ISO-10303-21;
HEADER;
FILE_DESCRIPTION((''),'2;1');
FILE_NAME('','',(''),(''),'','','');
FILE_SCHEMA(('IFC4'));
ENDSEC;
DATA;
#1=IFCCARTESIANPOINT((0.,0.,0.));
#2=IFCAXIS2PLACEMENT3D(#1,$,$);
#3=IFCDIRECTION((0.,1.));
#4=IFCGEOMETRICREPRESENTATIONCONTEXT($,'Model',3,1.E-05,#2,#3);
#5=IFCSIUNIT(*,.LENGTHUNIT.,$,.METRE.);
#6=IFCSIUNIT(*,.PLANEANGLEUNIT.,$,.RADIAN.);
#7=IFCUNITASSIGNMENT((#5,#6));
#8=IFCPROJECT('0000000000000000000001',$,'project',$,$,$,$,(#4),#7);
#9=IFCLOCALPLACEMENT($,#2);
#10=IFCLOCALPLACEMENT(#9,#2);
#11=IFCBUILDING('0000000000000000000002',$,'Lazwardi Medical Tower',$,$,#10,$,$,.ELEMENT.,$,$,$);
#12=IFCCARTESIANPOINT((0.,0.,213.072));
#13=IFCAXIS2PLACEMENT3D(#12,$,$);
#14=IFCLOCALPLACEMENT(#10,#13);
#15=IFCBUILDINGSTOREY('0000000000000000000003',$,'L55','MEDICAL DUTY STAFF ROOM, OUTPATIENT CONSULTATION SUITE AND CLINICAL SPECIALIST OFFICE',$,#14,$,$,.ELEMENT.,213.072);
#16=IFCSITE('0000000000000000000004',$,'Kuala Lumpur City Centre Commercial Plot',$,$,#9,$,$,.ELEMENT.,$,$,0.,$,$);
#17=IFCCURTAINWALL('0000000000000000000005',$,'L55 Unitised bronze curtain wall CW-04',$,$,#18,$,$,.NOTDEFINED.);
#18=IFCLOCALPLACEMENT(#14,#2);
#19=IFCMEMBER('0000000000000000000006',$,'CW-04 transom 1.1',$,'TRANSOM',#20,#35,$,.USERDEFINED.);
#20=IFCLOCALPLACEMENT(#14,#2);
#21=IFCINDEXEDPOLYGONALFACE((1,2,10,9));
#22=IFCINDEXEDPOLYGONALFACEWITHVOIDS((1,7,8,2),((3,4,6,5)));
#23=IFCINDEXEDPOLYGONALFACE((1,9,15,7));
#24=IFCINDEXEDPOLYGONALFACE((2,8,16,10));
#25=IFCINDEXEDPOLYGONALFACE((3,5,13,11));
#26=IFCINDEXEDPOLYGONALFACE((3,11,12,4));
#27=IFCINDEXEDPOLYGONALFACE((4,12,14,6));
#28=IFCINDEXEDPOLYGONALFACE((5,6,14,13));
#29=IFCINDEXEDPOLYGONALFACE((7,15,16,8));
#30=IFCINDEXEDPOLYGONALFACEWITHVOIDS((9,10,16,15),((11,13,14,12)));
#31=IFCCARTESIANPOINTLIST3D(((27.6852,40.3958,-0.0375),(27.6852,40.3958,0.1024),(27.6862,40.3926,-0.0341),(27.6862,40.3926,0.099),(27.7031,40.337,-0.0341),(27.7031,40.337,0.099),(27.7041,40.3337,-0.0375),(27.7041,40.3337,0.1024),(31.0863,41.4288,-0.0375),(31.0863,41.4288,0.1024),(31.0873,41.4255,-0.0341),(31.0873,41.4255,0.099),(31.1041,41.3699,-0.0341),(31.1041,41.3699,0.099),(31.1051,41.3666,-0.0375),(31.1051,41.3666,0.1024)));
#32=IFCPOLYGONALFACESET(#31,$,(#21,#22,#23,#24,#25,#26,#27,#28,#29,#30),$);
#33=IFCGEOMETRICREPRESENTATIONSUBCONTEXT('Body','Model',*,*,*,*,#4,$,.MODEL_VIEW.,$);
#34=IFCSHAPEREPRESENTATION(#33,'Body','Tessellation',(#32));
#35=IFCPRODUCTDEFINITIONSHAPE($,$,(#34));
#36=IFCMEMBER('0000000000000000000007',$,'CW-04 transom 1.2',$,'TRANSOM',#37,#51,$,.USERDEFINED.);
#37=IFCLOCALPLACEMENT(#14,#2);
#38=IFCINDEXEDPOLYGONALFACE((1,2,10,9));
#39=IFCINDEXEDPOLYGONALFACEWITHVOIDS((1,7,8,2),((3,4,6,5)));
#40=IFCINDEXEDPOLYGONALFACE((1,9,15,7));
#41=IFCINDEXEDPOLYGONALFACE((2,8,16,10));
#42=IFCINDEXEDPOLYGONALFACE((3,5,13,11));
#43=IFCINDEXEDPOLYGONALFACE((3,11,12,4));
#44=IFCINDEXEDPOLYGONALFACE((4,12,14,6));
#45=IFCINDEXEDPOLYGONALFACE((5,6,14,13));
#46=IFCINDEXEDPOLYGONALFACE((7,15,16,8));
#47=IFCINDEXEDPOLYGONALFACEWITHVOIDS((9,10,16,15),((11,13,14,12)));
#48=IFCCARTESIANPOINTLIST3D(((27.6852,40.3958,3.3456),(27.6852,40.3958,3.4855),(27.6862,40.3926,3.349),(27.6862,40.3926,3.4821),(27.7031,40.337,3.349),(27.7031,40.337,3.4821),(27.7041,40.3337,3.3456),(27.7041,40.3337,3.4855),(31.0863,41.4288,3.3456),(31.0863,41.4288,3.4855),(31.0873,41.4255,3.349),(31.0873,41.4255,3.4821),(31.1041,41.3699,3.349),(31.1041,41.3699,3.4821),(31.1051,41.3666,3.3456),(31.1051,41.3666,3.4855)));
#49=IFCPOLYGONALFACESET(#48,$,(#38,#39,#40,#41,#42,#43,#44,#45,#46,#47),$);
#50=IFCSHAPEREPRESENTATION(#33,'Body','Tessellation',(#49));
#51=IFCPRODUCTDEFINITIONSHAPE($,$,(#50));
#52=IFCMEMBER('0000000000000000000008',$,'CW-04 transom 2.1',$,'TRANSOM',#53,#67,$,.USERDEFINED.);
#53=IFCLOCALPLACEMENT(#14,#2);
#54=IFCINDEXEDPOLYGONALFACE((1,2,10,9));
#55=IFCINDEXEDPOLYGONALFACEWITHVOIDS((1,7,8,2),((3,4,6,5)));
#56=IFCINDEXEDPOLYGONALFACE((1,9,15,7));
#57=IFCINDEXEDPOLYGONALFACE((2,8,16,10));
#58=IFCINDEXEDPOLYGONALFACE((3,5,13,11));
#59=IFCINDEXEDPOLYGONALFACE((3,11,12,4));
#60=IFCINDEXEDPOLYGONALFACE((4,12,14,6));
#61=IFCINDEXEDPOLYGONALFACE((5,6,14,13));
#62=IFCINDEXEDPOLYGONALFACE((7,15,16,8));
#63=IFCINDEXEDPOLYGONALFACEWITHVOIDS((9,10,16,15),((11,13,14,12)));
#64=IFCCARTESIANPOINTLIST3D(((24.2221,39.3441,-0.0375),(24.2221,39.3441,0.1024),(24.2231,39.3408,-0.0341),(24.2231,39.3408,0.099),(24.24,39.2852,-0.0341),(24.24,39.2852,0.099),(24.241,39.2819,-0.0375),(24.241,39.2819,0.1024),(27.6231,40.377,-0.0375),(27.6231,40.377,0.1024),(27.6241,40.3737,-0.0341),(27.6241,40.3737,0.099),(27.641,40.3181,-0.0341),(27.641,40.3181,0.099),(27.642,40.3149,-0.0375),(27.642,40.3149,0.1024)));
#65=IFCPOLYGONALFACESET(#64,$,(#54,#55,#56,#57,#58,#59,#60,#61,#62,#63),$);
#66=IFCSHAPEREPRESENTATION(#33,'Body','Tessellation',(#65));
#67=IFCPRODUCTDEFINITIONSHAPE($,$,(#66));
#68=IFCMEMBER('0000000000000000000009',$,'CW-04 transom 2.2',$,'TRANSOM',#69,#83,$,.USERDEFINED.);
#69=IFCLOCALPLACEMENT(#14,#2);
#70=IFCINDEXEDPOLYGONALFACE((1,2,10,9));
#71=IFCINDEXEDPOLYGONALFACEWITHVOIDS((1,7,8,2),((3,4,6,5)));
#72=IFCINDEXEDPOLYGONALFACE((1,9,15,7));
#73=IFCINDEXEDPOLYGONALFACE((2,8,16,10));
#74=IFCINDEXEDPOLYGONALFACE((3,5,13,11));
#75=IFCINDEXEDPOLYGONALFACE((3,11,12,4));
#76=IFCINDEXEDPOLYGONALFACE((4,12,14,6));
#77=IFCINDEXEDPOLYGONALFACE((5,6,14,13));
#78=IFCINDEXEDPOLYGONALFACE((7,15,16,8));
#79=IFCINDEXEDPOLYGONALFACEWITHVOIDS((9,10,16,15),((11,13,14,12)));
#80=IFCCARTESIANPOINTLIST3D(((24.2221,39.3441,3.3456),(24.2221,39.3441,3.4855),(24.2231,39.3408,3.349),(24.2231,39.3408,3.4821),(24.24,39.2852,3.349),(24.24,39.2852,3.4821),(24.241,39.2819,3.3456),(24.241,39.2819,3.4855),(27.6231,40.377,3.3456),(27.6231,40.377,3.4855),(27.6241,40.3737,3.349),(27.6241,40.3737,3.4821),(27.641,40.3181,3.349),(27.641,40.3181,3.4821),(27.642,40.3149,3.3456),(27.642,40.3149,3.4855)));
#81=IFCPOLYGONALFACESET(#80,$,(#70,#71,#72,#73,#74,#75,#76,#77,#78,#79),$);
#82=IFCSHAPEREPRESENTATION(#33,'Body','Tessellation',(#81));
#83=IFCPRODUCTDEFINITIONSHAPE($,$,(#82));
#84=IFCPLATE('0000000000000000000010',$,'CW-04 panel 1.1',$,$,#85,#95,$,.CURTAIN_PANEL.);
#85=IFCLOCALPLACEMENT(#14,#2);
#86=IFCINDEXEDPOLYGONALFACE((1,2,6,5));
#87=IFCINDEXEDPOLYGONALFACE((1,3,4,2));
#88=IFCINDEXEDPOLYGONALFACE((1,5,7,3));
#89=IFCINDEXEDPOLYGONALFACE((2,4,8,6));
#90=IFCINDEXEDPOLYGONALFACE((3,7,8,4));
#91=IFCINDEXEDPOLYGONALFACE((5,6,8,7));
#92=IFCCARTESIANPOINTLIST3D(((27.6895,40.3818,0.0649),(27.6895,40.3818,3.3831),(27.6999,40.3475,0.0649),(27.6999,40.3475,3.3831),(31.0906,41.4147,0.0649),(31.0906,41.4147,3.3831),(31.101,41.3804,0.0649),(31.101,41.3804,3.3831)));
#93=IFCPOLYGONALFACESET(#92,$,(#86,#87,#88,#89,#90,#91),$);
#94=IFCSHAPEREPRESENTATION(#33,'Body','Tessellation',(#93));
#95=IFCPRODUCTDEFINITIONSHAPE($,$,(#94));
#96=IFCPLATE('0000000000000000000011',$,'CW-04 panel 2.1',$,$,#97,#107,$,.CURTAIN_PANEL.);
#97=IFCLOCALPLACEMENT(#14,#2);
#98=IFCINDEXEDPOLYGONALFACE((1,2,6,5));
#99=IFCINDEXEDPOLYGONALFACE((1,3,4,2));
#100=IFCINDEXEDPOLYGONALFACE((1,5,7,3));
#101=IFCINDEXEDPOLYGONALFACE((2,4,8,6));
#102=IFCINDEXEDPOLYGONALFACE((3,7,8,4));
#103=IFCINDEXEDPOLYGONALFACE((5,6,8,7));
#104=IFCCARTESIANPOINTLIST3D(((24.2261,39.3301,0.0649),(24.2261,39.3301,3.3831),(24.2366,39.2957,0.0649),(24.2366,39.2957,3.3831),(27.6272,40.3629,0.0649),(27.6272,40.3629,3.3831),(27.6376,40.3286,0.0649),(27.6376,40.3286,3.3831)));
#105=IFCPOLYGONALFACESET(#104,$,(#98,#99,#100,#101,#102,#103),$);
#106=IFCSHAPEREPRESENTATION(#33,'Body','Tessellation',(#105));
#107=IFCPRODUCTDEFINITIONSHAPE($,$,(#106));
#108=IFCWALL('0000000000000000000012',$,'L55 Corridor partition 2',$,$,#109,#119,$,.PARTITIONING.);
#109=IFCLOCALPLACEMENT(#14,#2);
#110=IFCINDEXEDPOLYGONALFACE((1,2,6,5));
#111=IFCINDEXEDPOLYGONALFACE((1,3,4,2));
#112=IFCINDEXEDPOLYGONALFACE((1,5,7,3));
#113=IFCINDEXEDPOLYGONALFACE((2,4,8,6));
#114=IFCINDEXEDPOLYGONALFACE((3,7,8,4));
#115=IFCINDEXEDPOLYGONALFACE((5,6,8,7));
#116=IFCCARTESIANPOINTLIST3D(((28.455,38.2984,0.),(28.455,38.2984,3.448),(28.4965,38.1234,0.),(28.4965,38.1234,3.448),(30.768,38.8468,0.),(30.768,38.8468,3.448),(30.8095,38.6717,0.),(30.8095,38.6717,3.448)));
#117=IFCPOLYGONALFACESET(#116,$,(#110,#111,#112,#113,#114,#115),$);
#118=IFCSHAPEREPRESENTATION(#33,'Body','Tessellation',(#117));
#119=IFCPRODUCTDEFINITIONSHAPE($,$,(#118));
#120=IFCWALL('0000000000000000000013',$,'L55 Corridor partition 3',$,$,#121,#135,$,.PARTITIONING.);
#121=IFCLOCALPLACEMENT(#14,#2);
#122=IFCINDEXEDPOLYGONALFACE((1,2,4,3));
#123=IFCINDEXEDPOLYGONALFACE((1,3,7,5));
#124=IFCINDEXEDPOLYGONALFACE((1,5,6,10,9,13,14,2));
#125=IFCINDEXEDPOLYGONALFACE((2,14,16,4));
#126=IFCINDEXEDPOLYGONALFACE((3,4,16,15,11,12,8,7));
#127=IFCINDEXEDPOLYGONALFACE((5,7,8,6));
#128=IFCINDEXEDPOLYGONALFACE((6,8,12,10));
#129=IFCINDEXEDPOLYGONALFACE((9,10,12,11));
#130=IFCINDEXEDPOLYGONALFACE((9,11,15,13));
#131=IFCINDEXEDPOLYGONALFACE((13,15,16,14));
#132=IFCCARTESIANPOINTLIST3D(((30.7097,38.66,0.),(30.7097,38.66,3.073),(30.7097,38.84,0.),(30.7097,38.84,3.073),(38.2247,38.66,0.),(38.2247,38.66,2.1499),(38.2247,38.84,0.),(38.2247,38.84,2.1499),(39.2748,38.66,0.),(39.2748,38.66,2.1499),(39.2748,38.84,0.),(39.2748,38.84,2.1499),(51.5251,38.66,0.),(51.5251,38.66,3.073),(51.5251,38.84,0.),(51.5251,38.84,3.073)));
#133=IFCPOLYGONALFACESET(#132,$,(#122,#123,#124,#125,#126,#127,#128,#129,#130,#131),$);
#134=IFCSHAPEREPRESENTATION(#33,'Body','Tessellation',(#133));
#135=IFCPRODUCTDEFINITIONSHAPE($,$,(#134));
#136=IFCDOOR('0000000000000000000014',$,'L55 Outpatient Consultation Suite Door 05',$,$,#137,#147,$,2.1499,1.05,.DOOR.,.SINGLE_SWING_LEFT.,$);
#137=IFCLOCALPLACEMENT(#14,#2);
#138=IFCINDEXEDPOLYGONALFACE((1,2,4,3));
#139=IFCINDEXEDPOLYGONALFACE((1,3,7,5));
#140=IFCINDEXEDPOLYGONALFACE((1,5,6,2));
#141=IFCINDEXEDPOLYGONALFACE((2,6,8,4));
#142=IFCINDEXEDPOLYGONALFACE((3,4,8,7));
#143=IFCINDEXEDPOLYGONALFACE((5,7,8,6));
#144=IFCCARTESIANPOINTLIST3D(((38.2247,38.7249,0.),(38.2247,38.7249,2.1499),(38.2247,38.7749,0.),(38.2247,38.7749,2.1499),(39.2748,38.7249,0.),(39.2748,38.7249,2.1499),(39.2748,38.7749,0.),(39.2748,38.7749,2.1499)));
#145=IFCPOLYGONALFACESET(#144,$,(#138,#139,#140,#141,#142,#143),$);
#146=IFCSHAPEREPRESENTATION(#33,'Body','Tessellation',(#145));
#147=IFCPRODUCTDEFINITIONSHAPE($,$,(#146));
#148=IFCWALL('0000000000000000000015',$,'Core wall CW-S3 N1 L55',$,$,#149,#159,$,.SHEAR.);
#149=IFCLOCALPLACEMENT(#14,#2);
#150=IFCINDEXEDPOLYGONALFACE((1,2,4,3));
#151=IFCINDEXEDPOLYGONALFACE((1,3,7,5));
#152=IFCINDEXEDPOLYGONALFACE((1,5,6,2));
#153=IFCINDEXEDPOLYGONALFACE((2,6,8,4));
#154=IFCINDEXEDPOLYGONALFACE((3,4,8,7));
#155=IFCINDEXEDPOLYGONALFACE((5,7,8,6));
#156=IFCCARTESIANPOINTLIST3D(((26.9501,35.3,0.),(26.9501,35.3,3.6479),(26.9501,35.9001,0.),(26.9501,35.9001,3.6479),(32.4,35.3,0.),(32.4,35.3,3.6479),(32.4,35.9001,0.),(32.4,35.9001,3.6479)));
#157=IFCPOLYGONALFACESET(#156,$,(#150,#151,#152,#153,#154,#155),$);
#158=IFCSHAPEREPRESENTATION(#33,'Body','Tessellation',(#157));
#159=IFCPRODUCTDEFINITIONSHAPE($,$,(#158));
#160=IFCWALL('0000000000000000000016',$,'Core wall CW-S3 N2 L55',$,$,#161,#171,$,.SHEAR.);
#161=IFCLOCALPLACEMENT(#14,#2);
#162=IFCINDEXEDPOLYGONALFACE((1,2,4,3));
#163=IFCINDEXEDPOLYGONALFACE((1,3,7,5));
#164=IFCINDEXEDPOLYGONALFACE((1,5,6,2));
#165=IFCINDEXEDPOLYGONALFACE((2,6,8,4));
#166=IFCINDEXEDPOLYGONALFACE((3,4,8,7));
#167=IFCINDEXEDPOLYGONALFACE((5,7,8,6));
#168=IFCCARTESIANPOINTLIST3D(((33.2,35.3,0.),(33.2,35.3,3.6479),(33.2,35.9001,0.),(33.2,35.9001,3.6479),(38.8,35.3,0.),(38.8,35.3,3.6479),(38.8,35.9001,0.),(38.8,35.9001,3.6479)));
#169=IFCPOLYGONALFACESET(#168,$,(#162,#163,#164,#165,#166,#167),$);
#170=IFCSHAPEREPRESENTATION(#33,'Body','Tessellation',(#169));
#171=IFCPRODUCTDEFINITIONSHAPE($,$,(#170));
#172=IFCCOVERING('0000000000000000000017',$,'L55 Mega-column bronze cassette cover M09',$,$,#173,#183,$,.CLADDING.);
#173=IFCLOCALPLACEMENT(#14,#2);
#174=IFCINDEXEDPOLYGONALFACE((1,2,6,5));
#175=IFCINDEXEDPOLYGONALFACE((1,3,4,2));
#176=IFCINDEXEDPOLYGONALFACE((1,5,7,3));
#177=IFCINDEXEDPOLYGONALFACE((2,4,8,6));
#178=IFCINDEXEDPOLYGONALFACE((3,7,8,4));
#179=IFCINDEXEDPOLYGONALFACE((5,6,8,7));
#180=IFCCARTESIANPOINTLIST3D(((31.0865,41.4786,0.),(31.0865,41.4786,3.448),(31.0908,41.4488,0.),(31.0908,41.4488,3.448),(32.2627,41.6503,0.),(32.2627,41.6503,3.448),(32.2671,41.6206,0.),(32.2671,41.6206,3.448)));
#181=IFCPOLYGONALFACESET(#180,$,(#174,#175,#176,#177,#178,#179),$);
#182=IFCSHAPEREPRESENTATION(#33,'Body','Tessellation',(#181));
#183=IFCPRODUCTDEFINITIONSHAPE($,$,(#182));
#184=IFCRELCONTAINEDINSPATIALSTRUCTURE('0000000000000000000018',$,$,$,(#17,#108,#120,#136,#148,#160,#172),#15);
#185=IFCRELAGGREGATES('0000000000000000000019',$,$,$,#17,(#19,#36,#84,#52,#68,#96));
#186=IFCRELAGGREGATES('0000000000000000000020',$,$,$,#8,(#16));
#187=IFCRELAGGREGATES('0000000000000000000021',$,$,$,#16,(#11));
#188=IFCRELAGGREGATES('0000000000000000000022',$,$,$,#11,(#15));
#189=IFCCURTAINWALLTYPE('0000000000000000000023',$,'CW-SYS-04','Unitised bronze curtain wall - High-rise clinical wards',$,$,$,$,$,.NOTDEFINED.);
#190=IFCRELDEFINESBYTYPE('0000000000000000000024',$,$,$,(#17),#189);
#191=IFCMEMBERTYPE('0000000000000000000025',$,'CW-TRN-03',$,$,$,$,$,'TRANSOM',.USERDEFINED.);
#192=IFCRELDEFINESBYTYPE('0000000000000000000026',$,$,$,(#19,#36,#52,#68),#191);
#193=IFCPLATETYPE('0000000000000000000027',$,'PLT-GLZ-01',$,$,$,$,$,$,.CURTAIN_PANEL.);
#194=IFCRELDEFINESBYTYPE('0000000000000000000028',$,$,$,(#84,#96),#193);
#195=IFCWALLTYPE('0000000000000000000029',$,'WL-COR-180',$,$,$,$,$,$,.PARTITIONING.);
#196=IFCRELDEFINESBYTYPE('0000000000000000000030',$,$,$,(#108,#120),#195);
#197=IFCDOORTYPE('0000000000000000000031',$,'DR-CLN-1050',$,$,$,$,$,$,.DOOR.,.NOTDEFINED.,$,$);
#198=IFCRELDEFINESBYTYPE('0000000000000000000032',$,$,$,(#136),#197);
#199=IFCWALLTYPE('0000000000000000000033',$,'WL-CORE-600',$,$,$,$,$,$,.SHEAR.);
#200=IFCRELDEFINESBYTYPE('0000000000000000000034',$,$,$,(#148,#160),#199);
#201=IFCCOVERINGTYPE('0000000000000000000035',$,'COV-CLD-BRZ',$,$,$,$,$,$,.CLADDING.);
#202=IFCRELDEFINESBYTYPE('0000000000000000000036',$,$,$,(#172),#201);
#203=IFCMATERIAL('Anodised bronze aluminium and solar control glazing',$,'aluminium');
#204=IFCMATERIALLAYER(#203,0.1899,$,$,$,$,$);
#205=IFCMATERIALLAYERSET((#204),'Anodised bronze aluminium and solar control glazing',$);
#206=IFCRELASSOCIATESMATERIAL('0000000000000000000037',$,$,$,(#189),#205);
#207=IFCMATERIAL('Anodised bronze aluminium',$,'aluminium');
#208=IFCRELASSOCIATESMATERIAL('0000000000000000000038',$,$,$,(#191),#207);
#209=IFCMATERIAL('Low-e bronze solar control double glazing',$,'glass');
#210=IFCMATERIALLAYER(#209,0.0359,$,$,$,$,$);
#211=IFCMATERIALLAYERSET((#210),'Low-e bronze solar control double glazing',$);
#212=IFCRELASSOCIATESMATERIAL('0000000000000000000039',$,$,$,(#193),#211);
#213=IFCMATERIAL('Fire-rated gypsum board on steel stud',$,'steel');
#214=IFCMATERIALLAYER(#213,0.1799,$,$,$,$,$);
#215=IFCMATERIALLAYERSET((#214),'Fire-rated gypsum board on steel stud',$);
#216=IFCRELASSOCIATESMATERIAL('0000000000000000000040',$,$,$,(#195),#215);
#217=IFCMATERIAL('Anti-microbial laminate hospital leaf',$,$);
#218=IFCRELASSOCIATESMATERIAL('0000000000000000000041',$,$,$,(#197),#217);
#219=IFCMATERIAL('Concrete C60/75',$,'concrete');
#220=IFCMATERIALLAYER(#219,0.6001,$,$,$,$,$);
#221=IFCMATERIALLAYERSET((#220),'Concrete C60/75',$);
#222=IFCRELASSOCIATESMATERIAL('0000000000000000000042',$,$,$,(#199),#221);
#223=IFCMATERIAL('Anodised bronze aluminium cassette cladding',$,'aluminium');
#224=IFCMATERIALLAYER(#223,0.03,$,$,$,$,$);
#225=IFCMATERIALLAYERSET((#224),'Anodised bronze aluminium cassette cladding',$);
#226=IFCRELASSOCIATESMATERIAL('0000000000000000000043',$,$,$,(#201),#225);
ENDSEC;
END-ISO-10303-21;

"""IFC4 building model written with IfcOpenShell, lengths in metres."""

from ifc_helpers import new_model, si_unit, direction, frame, frame_2d, origin, origin_2d, place, context, subcontext, project, spatial, rectangle, hollow_rectangle, extrude, material, layer, layer_set, material_profile, profile_set, type_object, element, fill, aggregate, save


model = new_model("IFC4")

# Units and contexts
model_context = context("Model", 3, precision=1e-05, world=origin(), true_north=direction((0.0, 1.0)))
body_context = subcontext(model_context, "Body", "Model", "MODEL_VIEW")
ifc_project = project(units=[si_unit("LENGTHUNIT", "METRE"), si_unit("PLANEANGLEUNIT", "RADIAN")], contexts=[model_context])

# Site, building, storey
site_placement = place(None, origin())
site = spatial("IfcSite", under=ifc_project, at=site_placement, Name="Kuala Lumpur City Centre Commercial Plot", CompositionType="ELEMENT", RefElevation=0.0)
building_placement = place(site_placement, origin())
building = spatial("IfcBuilding", under=site, at=building_placement, Name="Lazwardi Medical Tower", CompositionType="ELEMENT")
storey_placement = place(building_placement, frame((0.0, 0.0, 213.072)))
storey = spatial("IfcBuildingStorey", under=building, at=storey_placement, Name="L55", Description="MEDICAL DUTY STAFF ROOM, OUTPATIENT CONSULTATION SUITE AND CLINICAL SPECIALIST OFFICE", CompositionType="ELEMENT", Elevation=213.072)

# Shared definitions
ifc_material_1 = material(Name="Concrete C60/75", Category="concrete")

# Curtain wall, members, plates
ifc_material_2 = material(Name="Anodised bronze aluminium and solar control glazing", Category="aluminium")
ifc_layer_1 = layer(ifc_material_2, 0.1899)
ifc_layer_set_1 = layer_set([ifc_layer_1], Name="Anodised bronze aluminium and solar control glazing")
curtain_wall_type = type_object("IfcCurtainWallType", Name="CW-SYS-04", Description="Unitised bronze curtain wall - High-rise clinical wards", PredefinedType="NOTDEFINED", material=ifc_layer_set_1)
curtain_wall_placement = place(storey_placement, origin())
curtain_wall = element("IfcCurtainWall", 1, at=curtain_wall_placement, inside=storey, type_object=curtain_wall_type, Name="L55 Unitised bronze curtain wall CW-04", PredefinedType="NOTDEFINED")
ifc_material_3 = material(Name="Anodised bronze aluminium", Category="aluminium")
ifc_material_profile_1 = material_profile(ifc_material_3, hollow_rectangle(XDim=0.0649, YDim=0.1399, WallThickness=0.0034, at=origin_2d()), Name="ALU-TRANSOM 140x65x3.5")
ifc_profile_set_1 = profile_set([ifc_material_profile_1], Name="Anodised bronze aluminium")
member_type_1 = type_object("IfcMemberType", Name="CW-TRN-03", ElementType="TRANSOM", PredefinedType="USERDEFINED", material=ifc_profile_set_1)
member_1_placement = place(storey_placement, frame((31.0957, 41.3977, 0.0325), z_axis=(-0.956843, -0.290604, 0.0), x_axis=(0.290604, -0.956843, 0.0)))
member_1 = element("IfcMember", 2, at=member_1_placement, type_object=member_type_1, Name="CW-04 transom 1.1", ObjectType="TRANSOM", PredefinedType="USERDEFINED", context=body_context, shape_type="SweptSolid", body=[
    extrude(hollow_rectangle(XDim=0.0649, YDim=0.1399, WallThickness=0.0034, at=origin_2d()), origin(), (0.0, 0.0, 1.0), 3.5544),
])
member_2_placement = place(storey_placement, frame((31.0957, 41.3977, 3.4155), z_axis=(-0.956843, -0.290604, 0.0), x_axis=(0.290604, -0.956843, 0.0)))
member_2 = element("IfcMember", 3, at=member_2_placement, type_object=member_type_1, Name="CW-04 transom 1.2", ObjectType="TRANSOM", PredefinedType="USERDEFINED", context=body_context, shape_type="SweptSolid", body=[
    extrude(hollow_rectangle(XDim=0.0649, YDim=0.1399, WallThickness=0.0034, at=origin_2d()), origin(), (0.0, 0.0, 1.0), 3.5544),
])
member_3_placement = place(storey_placement, frame((27.6326, 40.3459, 0.0325), z_axis=(-0.956843, -0.290604, 0.0), x_axis=(0.290604, -0.956843, 0.0)))
member_3 = element("IfcMember", 4, at=member_3_placement, type_object=member_type_1, Name="CW-04 transom 2.1", ObjectType="TRANSOM", PredefinedType="USERDEFINED", context=body_context, shape_type="SweptSolid", body=[
    extrude(hollow_rectangle(XDim=0.0649, YDim=0.1399, WallThickness=0.0034, at=origin_2d()), origin(), (0.0, 0.0, 1.0), 3.5544),
])
member_4_placement = place(storey_placement, frame((27.6326, 40.3459, 3.4155), z_axis=(-0.956843, -0.290604, 0.0), x_axis=(0.290604, -0.956843, 0.0)))
member_4 = element("IfcMember", 5, at=member_4_placement, type_object=member_type_1, Name="CW-04 transom 2.2", ObjectType="TRANSOM", PredefinedType="USERDEFINED", context=body_context, shape_type="SweptSolid", body=[
    extrude(hollow_rectangle(XDim=0.0649, YDim=0.1399, WallThickness=0.0034, at=origin_2d()), origin(), (0.0, 0.0, 1.0), 3.5544),
])
ifc_material_4 = material(Name="Low-e bronze solar control double glazing", Category="glass")
ifc_layer_2 = layer(ifc_material_4, 0.0359)
ifc_layer_set_2 = layer_set([ifc_layer_2], Name="Low-e bronze solar control double glazing")
plate_type = type_object("IfcPlateType", Name="PLT-GLZ-01", PredefinedType="CURTAIN_PANEL", material=ifc_layer_set_2)
plate_1_placement = place(storey_placement, frame((29.3953, 40.8811, 0.0649), z_axis=(0.0, 0.0, 1.0), x_axis=(-0.95685, -0.290582, 0.0)))
plate_1 = element("IfcPlate", 6, at=plate_1_placement, type_object=plate_type, Name="CW-04 panel 1.1", PredefinedType="CURTAIN_PANEL", context=body_context, shape_type="SweptSolid", body=[
    extrude(rectangle(XDim=3.5544, YDim=0.0359, at=origin_2d()), origin(), (0.0, 0.0, 1.0), 3.3181),
])
plate_2_placement = place(storey_placement, frame((25.9319, 39.8293, 0.0649), z_axis=(0.0, 0.0, 1.0), x_axis=(-0.95685, -0.290582, 0.0)))
plate_2 = element("IfcPlate", 7, at=plate_2_placement, type_object=plate_type, Name="CW-04 panel 2.1", PredefinedType="CURTAIN_PANEL", context=body_context, shape_type="SweptSolid", body=[
    extrude(rectangle(XDim=3.5544, YDim=0.0359, at=origin_2d()), origin(), (0.0, 0.0, 1.0), 3.3181),
])
aggregate(curtain_wall, [member_1, member_2, plate_1, member_3, member_4, plate_2])

# Wall
ifc_material_5 = material(Name="Fire-rated gypsum board on steel stud", Category="steel")
ifc_layer_3 = layer(ifc_material_5, 0.1799)
ifc_layer_set_3 = layer_set([ifc_layer_3], Name="Fire-rated gypsum board on steel stud")
wall_type_1 = type_object("IfcWallType", Name="WL-COR-180", PredefinedType="PARTITIONING", material=ifc_layer_set_3)
wall_1_placement = place(storey_placement, frame((28.4758, 38.2109, 0.0), z_axis=(0.0, 0.0, 1.0), x_axis=(0.973031, 0.230676, 0.0)))
element("IfcWall", 8, at=wall_1_placement, inside=storey, type_object=wall_type_1, Name="L55 Corridor partition 2", PredefinedType="PARTITIONING", context=body_context, shape_type="SweptSolid", body=[
    extrude(rectangle(XDim=2.3772, YDim=0.1799, at=frame_2d((1.1885, 0.0))), origin(), (0.0, 0.0, 1.0), 3.448),
])

# Wall, opening, door
wall_2_placement = place(storey_placement, frame((30.7097, 38.75, 0.0), z_axis=(0.0, 0.0, 1.0), x_axis=(1.0, 0.0, 0.0)))
wall_2 = element("IfcWall", 9, at=wall_2_placement, inside=storey, type_object=wall_type_1, Name="L55 Corridor partition 3", PredefinedType="PARTITIONING", context=body_context, shape_type="SweptSolid", body=[
    extrude(rectangle(XDim=20.8154, YDim=0.1799, at=frame_2d((10.4077, 0.0))), origin(), (0.0, 0.0, 1.0), 3.073),
])
opening_placement = place(wall_2_placement, frame((7.5151, 0.0, 0.0)))
opening = element("IfcOpeningElement", 10, at=opening_placement, cuts=wall_2, PredefinedType="OPENING", context=body_context, shape_type="SweptSolid", body=[
    extrude(rectangle(XDim=1.05, YDim=2.1499, at=frame_2d((0.5249, 1.075))), frame((0.0, 0.0999, 0.0), z_axis=(0.0, -1.0, 0.0), x_axis=(1.0, 0.0, 0.0)), (0.0, 0.0, 1.0), 0.2),
])
ifc_material_6 = material(Name="Anti-microbial laminate hospital leaf")
door_type = type_object("IfcDoorType", Name="DR-CLN-1050", OperationType="NOTDEFINED", PredefinedType="DOOR", material=ifc_material_6)
door_placement = place(opening_placement, origin())
door = element("IfcDoor", 11, at=door_placement, inside=storey, type_object=door_type, Name="L55 Outpatient Consultation Suite Door 05", OperationType="SINGLE_SWING_LEFT", OverallHeight=2.1499, OverallWidth=1.05, PredefinedType="DOOR", context=body_context, shape_type="SweptSolid", body=[
    extrude(rectangle(XDim=1.05, YDim=2.1499, at=frame_2d((0.5249, 1.075))), frame((0.0, 0.0249, 0.0), z_axis=(0.0, -1.0, 0.0), x_axis=(1.0, 0.0, 0.0)), (0.0, 0.0, 1.0), 0.05),
])
fill(opening, door)

# Walls
ifc_layer_4 = layer(ifc_material_1, 0.6001)
ifc_layer_set_4 = layer_set([ifc_layer_4], Name="Concrete C60/75")
wall_type_2 = type_object("IfcWallType", Name="WL-CORE-600", PredefinedType="SHEAR", material=ifc_layer_set_4)
wall_3_placement = place(storey_placement, frame((26.95, 35.6001, 0.0), z_axis=(0.0, 0.0, 1.0), x_axis=(1.0, 0.0, 0.0)))
element("IfcWall", 12, at=wall_3_placement, inside=storey, type_object=wall_type_2, Name="Core wall CW-S3 N1 L55", PredefinedType="SHEAR", context=body_context, shape_type="SweptSolid", body=[
    extrude(rectangle(XDim=5.45, YDim=0.6001, at=frame_2d((2.7251, 0.0))), origin(), (0.0, 0.0, 1.0), 3.6479),
])
wall_4_placement = place(storey_placement, frame((33.2, 35.6001, 0.0), z_axis=(0.0, 0.0, 1.0), x_axis=(1.0, 0.0, 0.0)))
element("IfcWall", 13, at=wall_4_placement, inside=storey, type_object=wall_type_2, Name="Core wall CW-S3 N2 L55", PredefinedType="SHEAR", context=body_context, shape_type="SweptSolid", body=[
    extrude(rectangle(XDim=5.6001, YDim=0.6001, at=frame_2d((2.8, 0.0))), origin(), (0.0, 0.0, 1.0), 3.6479),
])

# Covering
ifc_material_7 = material(Name="Anodised bronze aluminium cassette cladding", Category="aluminium")
ifc_layer_5 = layer(ifc_material_7, 0.03)
ifc_layer_set_5 = layer_set([ifc_layer_5], Name="Anodised bronze aluminium cassette cladding")
covering_type_1 = type_object("IfcCoveringType", Name="COV-CLD-BRZ", PredefinedType="CLADDING", material=ifc_layer_set_5)
covering_1_placement = place(storey_placement, frame((31.6768, 41.5496, 0.0), z_axis=(0.0, 0.0, 1.0), x_axis=(-0.989512, -0.144448, 0.0)))
element("IfcCovering", 14, at=covering_1_placement, inside=storey, type_object=covering_type_1, Name="L55 Mega-column bronze cassette cover M09", PredefinedType="CLADDING", context=body_context, shape_type="SweptSolid", body=[
    extrude(rectangle(XDim=1.1887, YDim=0.03, at=origin_2d()), origin(), (0.0, 0.0, 1.0), 3.448),
])

save(model, "model.ifc")
